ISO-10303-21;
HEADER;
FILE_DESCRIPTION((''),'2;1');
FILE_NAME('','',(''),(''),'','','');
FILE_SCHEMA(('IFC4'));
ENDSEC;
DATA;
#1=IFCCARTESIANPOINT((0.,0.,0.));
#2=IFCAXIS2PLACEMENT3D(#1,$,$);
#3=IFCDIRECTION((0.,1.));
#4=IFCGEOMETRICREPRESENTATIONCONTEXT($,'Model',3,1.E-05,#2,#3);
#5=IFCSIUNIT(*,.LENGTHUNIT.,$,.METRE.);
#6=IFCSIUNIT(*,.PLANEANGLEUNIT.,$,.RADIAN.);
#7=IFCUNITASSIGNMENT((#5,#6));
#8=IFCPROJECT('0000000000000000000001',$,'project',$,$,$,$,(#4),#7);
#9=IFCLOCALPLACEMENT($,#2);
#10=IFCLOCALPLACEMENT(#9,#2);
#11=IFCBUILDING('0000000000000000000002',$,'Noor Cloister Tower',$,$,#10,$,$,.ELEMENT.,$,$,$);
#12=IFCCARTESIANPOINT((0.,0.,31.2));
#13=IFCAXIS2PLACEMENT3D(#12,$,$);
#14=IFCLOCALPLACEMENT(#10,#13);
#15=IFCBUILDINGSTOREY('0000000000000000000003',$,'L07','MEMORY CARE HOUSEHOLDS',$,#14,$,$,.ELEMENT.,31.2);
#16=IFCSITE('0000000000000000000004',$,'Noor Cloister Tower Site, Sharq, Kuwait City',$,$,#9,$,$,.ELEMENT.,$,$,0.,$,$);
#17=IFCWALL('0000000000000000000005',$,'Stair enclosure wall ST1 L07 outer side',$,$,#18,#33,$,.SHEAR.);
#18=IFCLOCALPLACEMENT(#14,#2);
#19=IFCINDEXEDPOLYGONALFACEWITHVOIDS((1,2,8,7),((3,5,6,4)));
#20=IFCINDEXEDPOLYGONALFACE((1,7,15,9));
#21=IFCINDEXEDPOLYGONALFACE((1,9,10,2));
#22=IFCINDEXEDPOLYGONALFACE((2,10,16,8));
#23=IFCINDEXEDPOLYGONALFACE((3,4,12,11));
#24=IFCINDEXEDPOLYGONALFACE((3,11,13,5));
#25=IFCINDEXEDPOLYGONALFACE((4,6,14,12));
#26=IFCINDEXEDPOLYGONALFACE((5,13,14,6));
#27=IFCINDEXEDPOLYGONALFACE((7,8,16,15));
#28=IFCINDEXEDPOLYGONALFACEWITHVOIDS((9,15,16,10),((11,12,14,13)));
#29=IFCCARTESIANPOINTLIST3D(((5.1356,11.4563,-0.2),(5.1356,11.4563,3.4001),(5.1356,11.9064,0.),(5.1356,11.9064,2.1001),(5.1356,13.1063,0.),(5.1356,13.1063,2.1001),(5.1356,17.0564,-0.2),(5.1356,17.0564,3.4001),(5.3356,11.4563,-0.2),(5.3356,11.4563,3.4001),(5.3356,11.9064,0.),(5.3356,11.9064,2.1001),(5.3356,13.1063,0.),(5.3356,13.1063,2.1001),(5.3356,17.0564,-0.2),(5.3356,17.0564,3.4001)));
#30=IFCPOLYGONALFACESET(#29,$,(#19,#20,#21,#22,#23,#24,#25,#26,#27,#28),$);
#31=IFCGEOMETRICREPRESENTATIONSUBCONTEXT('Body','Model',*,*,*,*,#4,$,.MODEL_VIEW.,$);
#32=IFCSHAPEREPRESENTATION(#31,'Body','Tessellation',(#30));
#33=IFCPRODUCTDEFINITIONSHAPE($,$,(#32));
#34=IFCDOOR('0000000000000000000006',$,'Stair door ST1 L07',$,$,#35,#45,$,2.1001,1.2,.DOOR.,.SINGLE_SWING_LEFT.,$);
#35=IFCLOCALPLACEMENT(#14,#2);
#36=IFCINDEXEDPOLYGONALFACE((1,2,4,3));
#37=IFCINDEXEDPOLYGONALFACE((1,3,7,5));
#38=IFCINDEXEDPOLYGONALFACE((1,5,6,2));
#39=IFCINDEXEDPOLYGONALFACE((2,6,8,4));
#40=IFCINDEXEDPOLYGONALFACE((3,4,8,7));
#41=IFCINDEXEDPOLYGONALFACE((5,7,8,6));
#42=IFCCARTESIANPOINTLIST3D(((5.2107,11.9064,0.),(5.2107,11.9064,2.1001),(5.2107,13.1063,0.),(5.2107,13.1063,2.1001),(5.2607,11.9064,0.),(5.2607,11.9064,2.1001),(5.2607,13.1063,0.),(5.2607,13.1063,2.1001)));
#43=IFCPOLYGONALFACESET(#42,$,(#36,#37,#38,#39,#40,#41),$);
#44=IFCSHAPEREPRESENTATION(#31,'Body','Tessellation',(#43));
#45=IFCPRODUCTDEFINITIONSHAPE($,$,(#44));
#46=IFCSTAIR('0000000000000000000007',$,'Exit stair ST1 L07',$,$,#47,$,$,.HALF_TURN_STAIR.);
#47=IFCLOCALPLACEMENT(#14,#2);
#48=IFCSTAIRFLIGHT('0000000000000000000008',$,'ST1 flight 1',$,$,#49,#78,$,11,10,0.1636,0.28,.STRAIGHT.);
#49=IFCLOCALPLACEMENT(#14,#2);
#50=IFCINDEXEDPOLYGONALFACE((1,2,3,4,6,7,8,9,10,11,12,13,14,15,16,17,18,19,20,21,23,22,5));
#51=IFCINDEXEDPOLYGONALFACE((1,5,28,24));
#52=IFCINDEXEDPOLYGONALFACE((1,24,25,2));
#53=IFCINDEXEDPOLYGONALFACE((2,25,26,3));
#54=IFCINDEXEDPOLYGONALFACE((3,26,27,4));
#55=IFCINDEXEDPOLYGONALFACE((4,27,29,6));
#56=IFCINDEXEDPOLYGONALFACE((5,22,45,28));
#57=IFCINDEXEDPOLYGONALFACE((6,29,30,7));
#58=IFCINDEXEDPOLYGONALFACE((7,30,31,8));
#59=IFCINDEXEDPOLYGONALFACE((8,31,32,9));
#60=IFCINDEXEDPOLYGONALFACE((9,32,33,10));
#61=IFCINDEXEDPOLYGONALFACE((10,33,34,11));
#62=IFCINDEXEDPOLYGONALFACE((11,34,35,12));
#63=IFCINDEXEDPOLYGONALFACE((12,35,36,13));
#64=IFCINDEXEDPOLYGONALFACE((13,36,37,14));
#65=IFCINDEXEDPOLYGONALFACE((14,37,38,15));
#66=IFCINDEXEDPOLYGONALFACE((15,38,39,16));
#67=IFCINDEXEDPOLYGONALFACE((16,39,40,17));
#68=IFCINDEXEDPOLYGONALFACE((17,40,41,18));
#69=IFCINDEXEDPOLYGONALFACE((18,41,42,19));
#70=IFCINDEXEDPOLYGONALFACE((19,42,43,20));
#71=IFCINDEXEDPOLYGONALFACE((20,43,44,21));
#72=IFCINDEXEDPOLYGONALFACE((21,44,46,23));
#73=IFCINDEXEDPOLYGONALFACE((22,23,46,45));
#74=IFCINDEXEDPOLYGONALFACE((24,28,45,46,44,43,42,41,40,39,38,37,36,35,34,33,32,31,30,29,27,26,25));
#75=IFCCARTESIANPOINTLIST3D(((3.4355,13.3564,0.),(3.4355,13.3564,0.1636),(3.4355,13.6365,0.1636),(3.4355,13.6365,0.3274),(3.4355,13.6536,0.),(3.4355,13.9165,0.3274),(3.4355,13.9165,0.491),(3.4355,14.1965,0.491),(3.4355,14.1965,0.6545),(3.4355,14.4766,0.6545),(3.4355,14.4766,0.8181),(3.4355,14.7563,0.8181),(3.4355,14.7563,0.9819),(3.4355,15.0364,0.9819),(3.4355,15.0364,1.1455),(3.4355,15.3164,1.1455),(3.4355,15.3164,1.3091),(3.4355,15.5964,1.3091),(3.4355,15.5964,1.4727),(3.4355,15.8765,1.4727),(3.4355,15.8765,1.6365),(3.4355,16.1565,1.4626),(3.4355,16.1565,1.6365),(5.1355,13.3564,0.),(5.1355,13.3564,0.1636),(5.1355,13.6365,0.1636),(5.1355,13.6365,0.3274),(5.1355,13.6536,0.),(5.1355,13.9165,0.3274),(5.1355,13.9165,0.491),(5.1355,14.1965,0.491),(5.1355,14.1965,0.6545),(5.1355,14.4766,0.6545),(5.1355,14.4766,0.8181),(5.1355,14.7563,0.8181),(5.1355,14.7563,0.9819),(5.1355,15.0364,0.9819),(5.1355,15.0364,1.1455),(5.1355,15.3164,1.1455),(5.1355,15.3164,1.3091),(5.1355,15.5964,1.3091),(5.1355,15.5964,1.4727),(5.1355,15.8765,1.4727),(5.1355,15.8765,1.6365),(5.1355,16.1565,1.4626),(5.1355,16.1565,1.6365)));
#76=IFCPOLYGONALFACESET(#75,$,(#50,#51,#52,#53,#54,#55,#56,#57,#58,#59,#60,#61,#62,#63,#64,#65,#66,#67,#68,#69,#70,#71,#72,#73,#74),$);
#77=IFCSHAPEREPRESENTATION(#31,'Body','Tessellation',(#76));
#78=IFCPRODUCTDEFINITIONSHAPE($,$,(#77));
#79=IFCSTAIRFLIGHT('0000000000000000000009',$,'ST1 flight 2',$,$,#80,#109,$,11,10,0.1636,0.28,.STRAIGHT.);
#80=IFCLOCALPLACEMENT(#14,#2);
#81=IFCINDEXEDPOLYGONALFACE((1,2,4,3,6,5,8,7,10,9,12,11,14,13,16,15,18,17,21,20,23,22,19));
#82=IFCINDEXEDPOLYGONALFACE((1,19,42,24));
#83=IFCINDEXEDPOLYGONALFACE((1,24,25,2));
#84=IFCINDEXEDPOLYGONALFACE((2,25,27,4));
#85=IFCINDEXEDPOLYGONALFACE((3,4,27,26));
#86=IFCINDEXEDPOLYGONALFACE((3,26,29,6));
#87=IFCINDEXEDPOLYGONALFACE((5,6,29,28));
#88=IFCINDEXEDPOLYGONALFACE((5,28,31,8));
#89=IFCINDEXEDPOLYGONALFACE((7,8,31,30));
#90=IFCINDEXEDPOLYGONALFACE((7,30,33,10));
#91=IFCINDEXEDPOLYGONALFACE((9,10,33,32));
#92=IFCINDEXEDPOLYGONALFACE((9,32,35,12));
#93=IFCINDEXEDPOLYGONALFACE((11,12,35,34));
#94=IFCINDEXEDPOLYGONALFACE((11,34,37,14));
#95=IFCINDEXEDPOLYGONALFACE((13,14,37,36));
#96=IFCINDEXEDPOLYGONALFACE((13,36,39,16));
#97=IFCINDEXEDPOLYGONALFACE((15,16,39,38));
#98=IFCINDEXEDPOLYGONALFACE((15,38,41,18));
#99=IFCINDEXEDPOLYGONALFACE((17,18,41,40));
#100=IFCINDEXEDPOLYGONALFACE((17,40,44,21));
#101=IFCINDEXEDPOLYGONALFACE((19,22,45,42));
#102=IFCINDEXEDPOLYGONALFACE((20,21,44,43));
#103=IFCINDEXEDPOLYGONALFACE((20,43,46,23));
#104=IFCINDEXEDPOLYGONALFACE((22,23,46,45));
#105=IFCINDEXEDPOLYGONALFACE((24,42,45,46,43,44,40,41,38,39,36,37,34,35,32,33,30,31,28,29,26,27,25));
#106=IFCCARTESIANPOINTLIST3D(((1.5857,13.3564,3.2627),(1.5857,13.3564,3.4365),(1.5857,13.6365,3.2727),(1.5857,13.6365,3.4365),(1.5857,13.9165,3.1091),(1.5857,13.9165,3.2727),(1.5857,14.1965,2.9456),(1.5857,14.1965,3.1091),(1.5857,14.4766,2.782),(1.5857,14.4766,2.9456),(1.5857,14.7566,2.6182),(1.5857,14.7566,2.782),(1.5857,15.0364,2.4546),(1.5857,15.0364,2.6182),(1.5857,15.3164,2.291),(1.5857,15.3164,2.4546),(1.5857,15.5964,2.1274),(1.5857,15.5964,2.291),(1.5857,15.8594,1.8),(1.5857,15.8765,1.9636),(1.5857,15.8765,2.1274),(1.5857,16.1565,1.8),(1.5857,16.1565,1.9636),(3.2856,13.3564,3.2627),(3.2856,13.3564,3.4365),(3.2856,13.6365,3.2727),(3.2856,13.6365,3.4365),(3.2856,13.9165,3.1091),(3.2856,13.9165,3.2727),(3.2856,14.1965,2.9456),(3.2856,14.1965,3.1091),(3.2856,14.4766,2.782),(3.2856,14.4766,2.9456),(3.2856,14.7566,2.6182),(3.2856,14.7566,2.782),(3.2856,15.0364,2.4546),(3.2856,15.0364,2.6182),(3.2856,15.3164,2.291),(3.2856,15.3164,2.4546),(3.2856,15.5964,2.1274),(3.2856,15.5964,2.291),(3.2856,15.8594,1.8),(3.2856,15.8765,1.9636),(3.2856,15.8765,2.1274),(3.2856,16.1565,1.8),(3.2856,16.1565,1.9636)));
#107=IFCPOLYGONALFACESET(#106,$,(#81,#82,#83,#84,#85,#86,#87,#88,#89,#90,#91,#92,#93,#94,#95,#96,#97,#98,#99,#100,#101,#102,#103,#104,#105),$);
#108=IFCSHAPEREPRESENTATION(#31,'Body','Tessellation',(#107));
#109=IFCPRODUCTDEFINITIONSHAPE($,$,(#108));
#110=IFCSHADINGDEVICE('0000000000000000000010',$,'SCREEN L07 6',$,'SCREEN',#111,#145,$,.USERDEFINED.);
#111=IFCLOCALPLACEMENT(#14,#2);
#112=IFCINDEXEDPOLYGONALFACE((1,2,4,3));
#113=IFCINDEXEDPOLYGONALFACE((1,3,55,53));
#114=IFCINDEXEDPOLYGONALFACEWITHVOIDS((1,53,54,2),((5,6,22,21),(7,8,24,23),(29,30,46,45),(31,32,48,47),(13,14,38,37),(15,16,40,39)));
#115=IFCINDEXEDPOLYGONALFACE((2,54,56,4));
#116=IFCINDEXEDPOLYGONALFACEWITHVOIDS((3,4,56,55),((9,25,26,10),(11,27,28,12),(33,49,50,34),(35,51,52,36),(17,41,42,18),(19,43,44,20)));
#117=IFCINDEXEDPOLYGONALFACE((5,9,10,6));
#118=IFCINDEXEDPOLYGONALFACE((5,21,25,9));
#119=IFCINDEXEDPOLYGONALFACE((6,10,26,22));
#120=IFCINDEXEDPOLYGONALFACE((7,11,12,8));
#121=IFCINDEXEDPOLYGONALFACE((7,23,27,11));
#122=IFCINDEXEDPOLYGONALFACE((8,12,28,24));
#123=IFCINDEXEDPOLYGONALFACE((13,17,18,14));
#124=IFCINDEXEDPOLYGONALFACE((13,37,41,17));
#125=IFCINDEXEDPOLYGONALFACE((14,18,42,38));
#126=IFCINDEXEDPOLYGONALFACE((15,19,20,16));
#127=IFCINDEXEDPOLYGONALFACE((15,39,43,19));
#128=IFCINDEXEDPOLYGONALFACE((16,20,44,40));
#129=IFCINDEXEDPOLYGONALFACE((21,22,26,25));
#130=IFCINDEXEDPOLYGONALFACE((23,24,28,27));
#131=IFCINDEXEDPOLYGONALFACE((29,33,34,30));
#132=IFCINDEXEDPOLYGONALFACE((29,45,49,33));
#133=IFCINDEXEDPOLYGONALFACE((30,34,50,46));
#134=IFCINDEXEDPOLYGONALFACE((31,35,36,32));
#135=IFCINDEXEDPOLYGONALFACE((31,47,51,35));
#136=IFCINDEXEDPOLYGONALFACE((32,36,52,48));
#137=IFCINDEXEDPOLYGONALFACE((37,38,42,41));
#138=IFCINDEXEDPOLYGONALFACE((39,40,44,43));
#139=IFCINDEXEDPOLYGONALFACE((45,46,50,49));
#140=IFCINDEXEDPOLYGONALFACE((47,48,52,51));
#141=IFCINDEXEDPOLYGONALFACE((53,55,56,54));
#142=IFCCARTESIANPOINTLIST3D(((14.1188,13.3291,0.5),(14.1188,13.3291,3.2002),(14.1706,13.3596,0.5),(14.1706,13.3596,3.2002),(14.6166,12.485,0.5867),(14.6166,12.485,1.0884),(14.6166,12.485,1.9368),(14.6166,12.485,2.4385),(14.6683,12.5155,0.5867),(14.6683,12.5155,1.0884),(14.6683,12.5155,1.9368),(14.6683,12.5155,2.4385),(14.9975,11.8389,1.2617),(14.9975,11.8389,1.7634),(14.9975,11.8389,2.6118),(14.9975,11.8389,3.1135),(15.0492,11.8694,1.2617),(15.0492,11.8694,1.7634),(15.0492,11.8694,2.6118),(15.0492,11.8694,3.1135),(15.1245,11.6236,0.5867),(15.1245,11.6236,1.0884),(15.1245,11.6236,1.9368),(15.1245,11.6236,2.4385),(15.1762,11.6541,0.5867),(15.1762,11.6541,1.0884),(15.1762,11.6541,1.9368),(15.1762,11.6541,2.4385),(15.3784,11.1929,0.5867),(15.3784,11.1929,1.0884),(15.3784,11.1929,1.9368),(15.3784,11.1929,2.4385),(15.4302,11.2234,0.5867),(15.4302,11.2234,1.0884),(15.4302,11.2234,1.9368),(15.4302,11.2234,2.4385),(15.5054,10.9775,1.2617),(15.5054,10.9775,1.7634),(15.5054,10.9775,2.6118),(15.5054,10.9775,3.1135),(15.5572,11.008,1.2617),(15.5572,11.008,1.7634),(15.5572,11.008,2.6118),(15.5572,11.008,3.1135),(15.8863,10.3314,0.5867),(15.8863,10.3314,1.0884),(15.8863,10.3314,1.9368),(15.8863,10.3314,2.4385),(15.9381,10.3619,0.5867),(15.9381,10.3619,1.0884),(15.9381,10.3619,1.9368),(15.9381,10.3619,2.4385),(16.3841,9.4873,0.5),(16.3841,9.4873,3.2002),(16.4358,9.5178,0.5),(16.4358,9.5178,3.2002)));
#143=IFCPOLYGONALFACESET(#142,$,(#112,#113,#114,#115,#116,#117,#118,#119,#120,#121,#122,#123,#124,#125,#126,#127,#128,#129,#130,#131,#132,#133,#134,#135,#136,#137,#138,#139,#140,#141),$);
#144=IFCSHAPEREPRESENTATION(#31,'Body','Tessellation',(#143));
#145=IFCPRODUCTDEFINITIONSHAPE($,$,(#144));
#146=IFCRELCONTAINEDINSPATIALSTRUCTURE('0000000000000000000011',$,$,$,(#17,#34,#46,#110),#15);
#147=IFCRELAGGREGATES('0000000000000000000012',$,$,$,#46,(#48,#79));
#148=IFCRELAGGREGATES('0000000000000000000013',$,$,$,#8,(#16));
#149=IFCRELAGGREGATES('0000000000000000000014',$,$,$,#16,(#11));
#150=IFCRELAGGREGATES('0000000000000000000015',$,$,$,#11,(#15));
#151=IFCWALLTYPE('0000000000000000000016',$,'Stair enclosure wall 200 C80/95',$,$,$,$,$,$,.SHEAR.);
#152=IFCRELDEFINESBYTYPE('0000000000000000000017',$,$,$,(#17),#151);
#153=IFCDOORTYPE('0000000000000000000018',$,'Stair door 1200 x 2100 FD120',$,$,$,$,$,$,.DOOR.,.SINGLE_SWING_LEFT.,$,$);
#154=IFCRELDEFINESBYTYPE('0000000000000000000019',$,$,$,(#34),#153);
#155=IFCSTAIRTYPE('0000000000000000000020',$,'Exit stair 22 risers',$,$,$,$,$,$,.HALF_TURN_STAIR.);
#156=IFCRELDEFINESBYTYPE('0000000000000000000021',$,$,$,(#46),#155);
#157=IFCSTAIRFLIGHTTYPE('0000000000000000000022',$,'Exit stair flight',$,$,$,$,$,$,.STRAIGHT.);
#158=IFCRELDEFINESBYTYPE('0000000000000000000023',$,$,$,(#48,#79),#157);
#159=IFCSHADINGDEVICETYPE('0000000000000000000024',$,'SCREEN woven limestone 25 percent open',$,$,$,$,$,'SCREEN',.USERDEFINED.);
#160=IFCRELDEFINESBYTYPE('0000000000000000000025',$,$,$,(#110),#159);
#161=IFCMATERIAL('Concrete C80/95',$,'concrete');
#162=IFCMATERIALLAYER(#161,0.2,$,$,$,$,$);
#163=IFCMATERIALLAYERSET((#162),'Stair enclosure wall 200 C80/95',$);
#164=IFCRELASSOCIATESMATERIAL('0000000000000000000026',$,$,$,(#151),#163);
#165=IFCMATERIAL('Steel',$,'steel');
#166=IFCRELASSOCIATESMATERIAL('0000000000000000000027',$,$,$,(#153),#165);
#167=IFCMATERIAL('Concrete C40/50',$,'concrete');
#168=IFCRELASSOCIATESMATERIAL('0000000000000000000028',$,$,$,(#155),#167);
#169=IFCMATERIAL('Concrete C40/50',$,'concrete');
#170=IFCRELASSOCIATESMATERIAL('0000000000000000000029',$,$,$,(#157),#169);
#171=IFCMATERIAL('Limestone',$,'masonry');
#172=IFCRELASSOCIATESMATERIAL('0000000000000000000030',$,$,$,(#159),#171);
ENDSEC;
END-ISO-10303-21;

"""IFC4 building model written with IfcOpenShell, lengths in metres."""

from ifc_helpers import new_model, si_unit, direction, frame, frame_2d, origin, place, context, subcontext, project, spatial, polyline, rectangle, outline, extrude, material, layer, layer_set, material_profile, profile_set, type_object, element, fill, aggregate, save


model = new_model("IFC4")

# Units and contexts
model_context = context("Model", 3, precision=1e-05, world=origin(), true_north=direction((0.0, 1.0)))
body_context = subcontext(model_context, "Body", "Model", "MODEL_VIEW")
ifc_project = project(units=[si_unit("LENGTHUNIT", "METRE"), si_unit("PLANEANGLEUNIT", "RADIAN")], contexts=[model_context])

# Site, building, storey
site_placement = place(None, origin())
site = spatial("IfcSite", under=ifc_project, at=site_placement, Name="Noor Cloister Tower Site, Sharq, Kuwait City", CompositionType="ELEMENT", RefElevation=0.0)
building_placement = place(site_placement, origin())
building = spatial("IfcBuilding", under=site, at=building_placement, Name="Noor Cloister Tower", CompositionType="ELEMENT")
storey_placement = place(building_placement, frame((0.0, 0.0, 31.2)))
storey = spatial("IfcBuildingStorey", under=building, at=storey_placement, Name="L07", Description="MEMORY CARE HOUSEHOLDS", CompositionType="ELEMENT", Elevation=31.2)

# Wall, opening, door
ifc_material_1 = material(Name="Concrete C80/95", Category="concrete")
ifc_layer_1 = layer(ifc_material_1, 0.2)
ifc_layer_set_1 = layer_set([ifc_layer_1], Name="Stair enclosure wall 200 C80/95")
wall_type_1 = type_object("IfcWallType", Name="Stair enclosure wall 200 C80/95", PredefinedType="SHEAR", material=ifc_layer_set_1)
ifc_material_2 = material(Name="Steel", Category="steel")
door_type_1 = type_object("IfcDoorType", Name="Stair door 1200 x 2100 FD120", OperationType="SINGLE_SWING_LEFT", PredefinedType="DOOR", material=ifc_material_2)
wall_1_placement = place(storey_placement, frame((5.2356, 11.4563, -0.2), z_axis=(0.0, 0.0, 1.0), x_axis=(0.0, 1.0, 0.0)))
wall_1 = element("IfcWall", 1, at=wall_1_placement, inside=storey, type_object=wall_type_1, Name="Stair enclosure wall ST1 L07 outer side", PredefinedType="SHEAR", context=body_context, shape_type="SweptSolid", body=[
    extrude(rectangle(XDim=5.6001, YDim=0.2, at=frame_2d((2.8, 0.0))), origin(), (0.0, 0.0, 1.0), 3.6001),
])
opening_1_placement = place(wall_1_placement, frame((0.45, 0.0, 0.2)))
opening_1 = element("IfcOpeningElement", 2, at=opening_1_placement, cuts=wall_1, PredefinedType="OPENING", context=body_context, shape_type="SweptSolid", body=[
    extrude(rectangle(XDim=1.2, YDim=2.1001, at=frame_2d((0.6001, 1.05))), frame((0.0, 0.1099, 0.0), z_axis=(0.0, -1.0, 0.0), x_axis=(1.0, 0.0, 0.0)), (0.0, 0.0, 1.0), 0.22),
])
door_1_placement = place(opening_1_placement, origin())
door_1 = element("IfcDoor", 3, at=door_1_placement, inside=storey, type_object=door_type_1, Name="Stair door ST1 L07", OperationType="SINGLE_SWING_LEFT", OverallHeight=2.1001, OverallWidth=1.2, PredefinedType="DOOR", context=body_context, shape_type="SweptSolid", body=[
    extrude(rectangle(XDim=1.2, YDim=2.1001, at=frame_2d((0.6001, 1.05))), frame((0.0, 0.0249, 0.0), z_axis=(0.0, -1.0, 0.0), x_axis=(1.0, 0.0, 0.0)), (0.0, 0.0, 1.0), 0.05),
])
fill(opening_1, door_1)

# Stair, stair flights
ifc_material_3 = material(Name="Concrete C40/50", Category="concrete")
stair_type = type_object("IfcStairType", Name="Exit stair 22 risers", PredefinedType="HALF_TURN_STAIR", material=ifc_material_3)
stair_placement = place(storey_placement, origin())
stair = element("IfcStair", 4, at=stair_placement, inside=storey, type_object=stair_type, Name="Exit stair ST1 L07", PredefinedType="HALF_TURN_STAIR")
ifc_material_4 = material(Name="Concrete C40/50", Category="concrete")
stair_flight_type = type_object("IfcStairFlightType", Name="Exit stair flight", PredefinedType="STRAIGHT", material=ifc_material_4)
stair_flight_1_placement = place(storey_placement, frame((4.2856, 13.3564, 0.0), z_axis=(0.0, 0.0, 1.0), x_axis=(0.0, 1.0, 0.0)))
stair_flight_1 = element("IfcStairFlight", 5, at=stair_flight_1_placement, type_object=stair_flight_type, Name="ST1 flight 1", NumberOfRisers=11, NumberOfTreads=10, PredefinedType="STRAIGHT", RiserHeight=0.1636, TreadLength=0.28, context=body_context, shape_type="SweptSolid", body=[
    extrude(outline(polyline([(0.0, 0.0), (0.0, 0.1636), (0.28, 0.1636), (0.28, 0.3274), (0.5601, 0.3274), (0.5601, 0.491), (0.8401, 0.491), (0.8401, 0.6545), (1.1201, 0.6545), (1.1201, 0.8181), (1.3999, 0.8181), (1.3999, 0.9819), (1.6799, 0.9819), (1.6799, 1.1455), (1.96, 1.1455), (1.96, 1.3091), (2.24, 1.3091), (2.24, 1.4727), (2.52, 1.4727), (2.52, 1.6365), (2.8, 1.6365), (2.8, 1.8), (2.8, 1.4626), (0.2971, 0.0), (0.0, 0.0)])), frame((0.0, 0.8501, 0.0), z_axis=(0.0, -1.0, 0.0), x_axis=(1.0, 0.0, 0.0)), (0.0, 0.0, 1.0), 1.7),
])
stair_flight_2_placement = place(storey_placement, frame((2.4355, 16.1565, 1.8), z_axis=(0.0, 0.0, 1.0), x_axis=(0.0, -1.0, 0.0)))
stair_flight_2 = element("IfcStairFlight", 6, at=stair_flight_2_placement, type_object=stair_flight_type, Name="ST1 flight 2", NumberOfRisers=11, NumberOfTreads=10, PredefinedType="STRAIGHT", RiserHeight=0.1636, TreadLength=0.28, context=body_context, shape_type="SweptSolid", body=[
    extrude(outline(polyline([(0.0, 0.0), (0.0, 0.1636), (0.28, 0.1636), (0.28, 0.3274), (0.5601, 0.3274), (0.5601, 0.491), (0.8401, 0.491), (0.8401, 0.6545), (1.1201, 0.6545), (1.1201, 0.8181), (1.3999, 0.8181), (1.3999, 0.9819), (1.6799, 0.9819), (1.6799, 1.1455), (1.96, 1.1455), (1.96, 1.3091), (2.24, 1.3091), (2.24, 1.4727), (2.52, 1.4727), (2.52, 1.6365), (2.8, 1.6365), (2.8, 1.8), (2.8, 1.4626), (0.2971, 0.0), (0.0, 0.0)])), frame((0.0, 0.8501, 0.0), z_axis=(0.0, -1.0, 0.0), x_axis=(1.0, 0.0, 0.0)), (0.0, 0.0, 1.0), 1.7),
])
aggregate(stair, [stair_flight_1, stair_flight_2])

# Shading device
ifc_material_5 = material(Name="Limestone", Category="masonry")
ifc_material_profile_1 = material_profile(ifc_material_5, outline(polyline([(-2.23, -1.3501), (2.23, -1.3501), (2.23, 1.3501), (-2.23, 1.3501), (-2.23, -1.3501)]), holes=[polyline([(-1.25, -1.2634), (-0.25, -1.2634), (-0.25, -0.7617), (-1.25, -0.7617), (-1.25, -1.2634)]), polyline([(0.25, -1.2634), (1.25, -1.2634), (1.25, -0.7617), (0.25, -0.7617), (0.25, -1.2634)]), polyline([(-0.5, -0.5884), (0.5, -0.5884), (0.5, -0.0867), (-0.5, -0.0867), (-0.5, -0.5884)]), polyline([(-1.25, 0.0867), (-0.25, 0.0867), (-0.25, 0.5884), (-1.25, 0.5884), (-1.25, 0.0867)]), polyline([(0.25, 0.0867), (1.25, 0.0867), (1.25, 0.5884), (0.25, 0.5884), (0.25, 0.0867)]), polyline([(-0.5, 0.7617), (0.5, 0.7617), (0.5, 1.2634), (-0.5, 1.2634), (-0.5, 0.7617)])]), Name="Woven screen 25 percent open")
ifc_profile_set_1 = profile_set([ifc_material_profile_1], Name="Limestone")
shading_device_type = type_object("IfcShadingDeviceType", Name="SCREEN woven limestone 25 percent open", ElementType="SCREEN", PredefinedType="USERDEFINED", material=ifc_profile_set_1)
for number, where, z_axis, x_axis, name in (
    (7, (15.2515, 11.4082, 1.8501), (0.861411, 0.507908, 0.0), (-0.507908, 0.861411, 0.0), "SCREEN L07 6"),
):
    element("IfcShadingDevice", number, at=place(storey_placement, frame(where, z_axis=z_axis, x_axis=x_axis)), inside=storey, type_object=shading_device_type, Name=name, ObjectType="SCREEN", PredefinedType="USERDEFINED", context=body_context, shape_type="SweptSolid", body=[
        extrude(outline(polyline([(-2.23, -1.3501), (2.23, -1.3501), (2.23, 1.3501), (-2.23, 1.3501), (-2.23, -1.3501)]), holes=[polyline([(-1.25, -1.2634), (-0.25, -1.2634), (-0.25, -0.7617), (-1.25, -0.7617), (-1.25, -1.2634)]), polyline([(0.25, -1.2634), (1.25, -1.2634), (1.25, -0.7617), (0.25, -0.7617), (0.25, -1.2634)]), polyline([(-0.5, -0.5884), (0.5, -0.5884), (0.5, -0.0867), (-0.5, -0.0867), (-0.5, -0.5884)]), polyline([(-1.25, 0.0867), (-0.25, 0.0867), (-0.25, 0.5884), (-1.25, 0.5884), (-1.25, 0.0867)]), polyline([(0.25, 0.0867), (1.25, 0.0867), (1.25, 0.5884), (0.25, 0.5884), (0.25, 0.0867)]), polyline([(-0.5, 0.7617), (0.5, 0.7617), (0.5, 1.2634), (-0.5, 1.2634), (-0.5, 0.7617)])]), origin(), (0.0, 0.0, 1.0), 0.0601),
    ])

save(model, "model.ifc")
